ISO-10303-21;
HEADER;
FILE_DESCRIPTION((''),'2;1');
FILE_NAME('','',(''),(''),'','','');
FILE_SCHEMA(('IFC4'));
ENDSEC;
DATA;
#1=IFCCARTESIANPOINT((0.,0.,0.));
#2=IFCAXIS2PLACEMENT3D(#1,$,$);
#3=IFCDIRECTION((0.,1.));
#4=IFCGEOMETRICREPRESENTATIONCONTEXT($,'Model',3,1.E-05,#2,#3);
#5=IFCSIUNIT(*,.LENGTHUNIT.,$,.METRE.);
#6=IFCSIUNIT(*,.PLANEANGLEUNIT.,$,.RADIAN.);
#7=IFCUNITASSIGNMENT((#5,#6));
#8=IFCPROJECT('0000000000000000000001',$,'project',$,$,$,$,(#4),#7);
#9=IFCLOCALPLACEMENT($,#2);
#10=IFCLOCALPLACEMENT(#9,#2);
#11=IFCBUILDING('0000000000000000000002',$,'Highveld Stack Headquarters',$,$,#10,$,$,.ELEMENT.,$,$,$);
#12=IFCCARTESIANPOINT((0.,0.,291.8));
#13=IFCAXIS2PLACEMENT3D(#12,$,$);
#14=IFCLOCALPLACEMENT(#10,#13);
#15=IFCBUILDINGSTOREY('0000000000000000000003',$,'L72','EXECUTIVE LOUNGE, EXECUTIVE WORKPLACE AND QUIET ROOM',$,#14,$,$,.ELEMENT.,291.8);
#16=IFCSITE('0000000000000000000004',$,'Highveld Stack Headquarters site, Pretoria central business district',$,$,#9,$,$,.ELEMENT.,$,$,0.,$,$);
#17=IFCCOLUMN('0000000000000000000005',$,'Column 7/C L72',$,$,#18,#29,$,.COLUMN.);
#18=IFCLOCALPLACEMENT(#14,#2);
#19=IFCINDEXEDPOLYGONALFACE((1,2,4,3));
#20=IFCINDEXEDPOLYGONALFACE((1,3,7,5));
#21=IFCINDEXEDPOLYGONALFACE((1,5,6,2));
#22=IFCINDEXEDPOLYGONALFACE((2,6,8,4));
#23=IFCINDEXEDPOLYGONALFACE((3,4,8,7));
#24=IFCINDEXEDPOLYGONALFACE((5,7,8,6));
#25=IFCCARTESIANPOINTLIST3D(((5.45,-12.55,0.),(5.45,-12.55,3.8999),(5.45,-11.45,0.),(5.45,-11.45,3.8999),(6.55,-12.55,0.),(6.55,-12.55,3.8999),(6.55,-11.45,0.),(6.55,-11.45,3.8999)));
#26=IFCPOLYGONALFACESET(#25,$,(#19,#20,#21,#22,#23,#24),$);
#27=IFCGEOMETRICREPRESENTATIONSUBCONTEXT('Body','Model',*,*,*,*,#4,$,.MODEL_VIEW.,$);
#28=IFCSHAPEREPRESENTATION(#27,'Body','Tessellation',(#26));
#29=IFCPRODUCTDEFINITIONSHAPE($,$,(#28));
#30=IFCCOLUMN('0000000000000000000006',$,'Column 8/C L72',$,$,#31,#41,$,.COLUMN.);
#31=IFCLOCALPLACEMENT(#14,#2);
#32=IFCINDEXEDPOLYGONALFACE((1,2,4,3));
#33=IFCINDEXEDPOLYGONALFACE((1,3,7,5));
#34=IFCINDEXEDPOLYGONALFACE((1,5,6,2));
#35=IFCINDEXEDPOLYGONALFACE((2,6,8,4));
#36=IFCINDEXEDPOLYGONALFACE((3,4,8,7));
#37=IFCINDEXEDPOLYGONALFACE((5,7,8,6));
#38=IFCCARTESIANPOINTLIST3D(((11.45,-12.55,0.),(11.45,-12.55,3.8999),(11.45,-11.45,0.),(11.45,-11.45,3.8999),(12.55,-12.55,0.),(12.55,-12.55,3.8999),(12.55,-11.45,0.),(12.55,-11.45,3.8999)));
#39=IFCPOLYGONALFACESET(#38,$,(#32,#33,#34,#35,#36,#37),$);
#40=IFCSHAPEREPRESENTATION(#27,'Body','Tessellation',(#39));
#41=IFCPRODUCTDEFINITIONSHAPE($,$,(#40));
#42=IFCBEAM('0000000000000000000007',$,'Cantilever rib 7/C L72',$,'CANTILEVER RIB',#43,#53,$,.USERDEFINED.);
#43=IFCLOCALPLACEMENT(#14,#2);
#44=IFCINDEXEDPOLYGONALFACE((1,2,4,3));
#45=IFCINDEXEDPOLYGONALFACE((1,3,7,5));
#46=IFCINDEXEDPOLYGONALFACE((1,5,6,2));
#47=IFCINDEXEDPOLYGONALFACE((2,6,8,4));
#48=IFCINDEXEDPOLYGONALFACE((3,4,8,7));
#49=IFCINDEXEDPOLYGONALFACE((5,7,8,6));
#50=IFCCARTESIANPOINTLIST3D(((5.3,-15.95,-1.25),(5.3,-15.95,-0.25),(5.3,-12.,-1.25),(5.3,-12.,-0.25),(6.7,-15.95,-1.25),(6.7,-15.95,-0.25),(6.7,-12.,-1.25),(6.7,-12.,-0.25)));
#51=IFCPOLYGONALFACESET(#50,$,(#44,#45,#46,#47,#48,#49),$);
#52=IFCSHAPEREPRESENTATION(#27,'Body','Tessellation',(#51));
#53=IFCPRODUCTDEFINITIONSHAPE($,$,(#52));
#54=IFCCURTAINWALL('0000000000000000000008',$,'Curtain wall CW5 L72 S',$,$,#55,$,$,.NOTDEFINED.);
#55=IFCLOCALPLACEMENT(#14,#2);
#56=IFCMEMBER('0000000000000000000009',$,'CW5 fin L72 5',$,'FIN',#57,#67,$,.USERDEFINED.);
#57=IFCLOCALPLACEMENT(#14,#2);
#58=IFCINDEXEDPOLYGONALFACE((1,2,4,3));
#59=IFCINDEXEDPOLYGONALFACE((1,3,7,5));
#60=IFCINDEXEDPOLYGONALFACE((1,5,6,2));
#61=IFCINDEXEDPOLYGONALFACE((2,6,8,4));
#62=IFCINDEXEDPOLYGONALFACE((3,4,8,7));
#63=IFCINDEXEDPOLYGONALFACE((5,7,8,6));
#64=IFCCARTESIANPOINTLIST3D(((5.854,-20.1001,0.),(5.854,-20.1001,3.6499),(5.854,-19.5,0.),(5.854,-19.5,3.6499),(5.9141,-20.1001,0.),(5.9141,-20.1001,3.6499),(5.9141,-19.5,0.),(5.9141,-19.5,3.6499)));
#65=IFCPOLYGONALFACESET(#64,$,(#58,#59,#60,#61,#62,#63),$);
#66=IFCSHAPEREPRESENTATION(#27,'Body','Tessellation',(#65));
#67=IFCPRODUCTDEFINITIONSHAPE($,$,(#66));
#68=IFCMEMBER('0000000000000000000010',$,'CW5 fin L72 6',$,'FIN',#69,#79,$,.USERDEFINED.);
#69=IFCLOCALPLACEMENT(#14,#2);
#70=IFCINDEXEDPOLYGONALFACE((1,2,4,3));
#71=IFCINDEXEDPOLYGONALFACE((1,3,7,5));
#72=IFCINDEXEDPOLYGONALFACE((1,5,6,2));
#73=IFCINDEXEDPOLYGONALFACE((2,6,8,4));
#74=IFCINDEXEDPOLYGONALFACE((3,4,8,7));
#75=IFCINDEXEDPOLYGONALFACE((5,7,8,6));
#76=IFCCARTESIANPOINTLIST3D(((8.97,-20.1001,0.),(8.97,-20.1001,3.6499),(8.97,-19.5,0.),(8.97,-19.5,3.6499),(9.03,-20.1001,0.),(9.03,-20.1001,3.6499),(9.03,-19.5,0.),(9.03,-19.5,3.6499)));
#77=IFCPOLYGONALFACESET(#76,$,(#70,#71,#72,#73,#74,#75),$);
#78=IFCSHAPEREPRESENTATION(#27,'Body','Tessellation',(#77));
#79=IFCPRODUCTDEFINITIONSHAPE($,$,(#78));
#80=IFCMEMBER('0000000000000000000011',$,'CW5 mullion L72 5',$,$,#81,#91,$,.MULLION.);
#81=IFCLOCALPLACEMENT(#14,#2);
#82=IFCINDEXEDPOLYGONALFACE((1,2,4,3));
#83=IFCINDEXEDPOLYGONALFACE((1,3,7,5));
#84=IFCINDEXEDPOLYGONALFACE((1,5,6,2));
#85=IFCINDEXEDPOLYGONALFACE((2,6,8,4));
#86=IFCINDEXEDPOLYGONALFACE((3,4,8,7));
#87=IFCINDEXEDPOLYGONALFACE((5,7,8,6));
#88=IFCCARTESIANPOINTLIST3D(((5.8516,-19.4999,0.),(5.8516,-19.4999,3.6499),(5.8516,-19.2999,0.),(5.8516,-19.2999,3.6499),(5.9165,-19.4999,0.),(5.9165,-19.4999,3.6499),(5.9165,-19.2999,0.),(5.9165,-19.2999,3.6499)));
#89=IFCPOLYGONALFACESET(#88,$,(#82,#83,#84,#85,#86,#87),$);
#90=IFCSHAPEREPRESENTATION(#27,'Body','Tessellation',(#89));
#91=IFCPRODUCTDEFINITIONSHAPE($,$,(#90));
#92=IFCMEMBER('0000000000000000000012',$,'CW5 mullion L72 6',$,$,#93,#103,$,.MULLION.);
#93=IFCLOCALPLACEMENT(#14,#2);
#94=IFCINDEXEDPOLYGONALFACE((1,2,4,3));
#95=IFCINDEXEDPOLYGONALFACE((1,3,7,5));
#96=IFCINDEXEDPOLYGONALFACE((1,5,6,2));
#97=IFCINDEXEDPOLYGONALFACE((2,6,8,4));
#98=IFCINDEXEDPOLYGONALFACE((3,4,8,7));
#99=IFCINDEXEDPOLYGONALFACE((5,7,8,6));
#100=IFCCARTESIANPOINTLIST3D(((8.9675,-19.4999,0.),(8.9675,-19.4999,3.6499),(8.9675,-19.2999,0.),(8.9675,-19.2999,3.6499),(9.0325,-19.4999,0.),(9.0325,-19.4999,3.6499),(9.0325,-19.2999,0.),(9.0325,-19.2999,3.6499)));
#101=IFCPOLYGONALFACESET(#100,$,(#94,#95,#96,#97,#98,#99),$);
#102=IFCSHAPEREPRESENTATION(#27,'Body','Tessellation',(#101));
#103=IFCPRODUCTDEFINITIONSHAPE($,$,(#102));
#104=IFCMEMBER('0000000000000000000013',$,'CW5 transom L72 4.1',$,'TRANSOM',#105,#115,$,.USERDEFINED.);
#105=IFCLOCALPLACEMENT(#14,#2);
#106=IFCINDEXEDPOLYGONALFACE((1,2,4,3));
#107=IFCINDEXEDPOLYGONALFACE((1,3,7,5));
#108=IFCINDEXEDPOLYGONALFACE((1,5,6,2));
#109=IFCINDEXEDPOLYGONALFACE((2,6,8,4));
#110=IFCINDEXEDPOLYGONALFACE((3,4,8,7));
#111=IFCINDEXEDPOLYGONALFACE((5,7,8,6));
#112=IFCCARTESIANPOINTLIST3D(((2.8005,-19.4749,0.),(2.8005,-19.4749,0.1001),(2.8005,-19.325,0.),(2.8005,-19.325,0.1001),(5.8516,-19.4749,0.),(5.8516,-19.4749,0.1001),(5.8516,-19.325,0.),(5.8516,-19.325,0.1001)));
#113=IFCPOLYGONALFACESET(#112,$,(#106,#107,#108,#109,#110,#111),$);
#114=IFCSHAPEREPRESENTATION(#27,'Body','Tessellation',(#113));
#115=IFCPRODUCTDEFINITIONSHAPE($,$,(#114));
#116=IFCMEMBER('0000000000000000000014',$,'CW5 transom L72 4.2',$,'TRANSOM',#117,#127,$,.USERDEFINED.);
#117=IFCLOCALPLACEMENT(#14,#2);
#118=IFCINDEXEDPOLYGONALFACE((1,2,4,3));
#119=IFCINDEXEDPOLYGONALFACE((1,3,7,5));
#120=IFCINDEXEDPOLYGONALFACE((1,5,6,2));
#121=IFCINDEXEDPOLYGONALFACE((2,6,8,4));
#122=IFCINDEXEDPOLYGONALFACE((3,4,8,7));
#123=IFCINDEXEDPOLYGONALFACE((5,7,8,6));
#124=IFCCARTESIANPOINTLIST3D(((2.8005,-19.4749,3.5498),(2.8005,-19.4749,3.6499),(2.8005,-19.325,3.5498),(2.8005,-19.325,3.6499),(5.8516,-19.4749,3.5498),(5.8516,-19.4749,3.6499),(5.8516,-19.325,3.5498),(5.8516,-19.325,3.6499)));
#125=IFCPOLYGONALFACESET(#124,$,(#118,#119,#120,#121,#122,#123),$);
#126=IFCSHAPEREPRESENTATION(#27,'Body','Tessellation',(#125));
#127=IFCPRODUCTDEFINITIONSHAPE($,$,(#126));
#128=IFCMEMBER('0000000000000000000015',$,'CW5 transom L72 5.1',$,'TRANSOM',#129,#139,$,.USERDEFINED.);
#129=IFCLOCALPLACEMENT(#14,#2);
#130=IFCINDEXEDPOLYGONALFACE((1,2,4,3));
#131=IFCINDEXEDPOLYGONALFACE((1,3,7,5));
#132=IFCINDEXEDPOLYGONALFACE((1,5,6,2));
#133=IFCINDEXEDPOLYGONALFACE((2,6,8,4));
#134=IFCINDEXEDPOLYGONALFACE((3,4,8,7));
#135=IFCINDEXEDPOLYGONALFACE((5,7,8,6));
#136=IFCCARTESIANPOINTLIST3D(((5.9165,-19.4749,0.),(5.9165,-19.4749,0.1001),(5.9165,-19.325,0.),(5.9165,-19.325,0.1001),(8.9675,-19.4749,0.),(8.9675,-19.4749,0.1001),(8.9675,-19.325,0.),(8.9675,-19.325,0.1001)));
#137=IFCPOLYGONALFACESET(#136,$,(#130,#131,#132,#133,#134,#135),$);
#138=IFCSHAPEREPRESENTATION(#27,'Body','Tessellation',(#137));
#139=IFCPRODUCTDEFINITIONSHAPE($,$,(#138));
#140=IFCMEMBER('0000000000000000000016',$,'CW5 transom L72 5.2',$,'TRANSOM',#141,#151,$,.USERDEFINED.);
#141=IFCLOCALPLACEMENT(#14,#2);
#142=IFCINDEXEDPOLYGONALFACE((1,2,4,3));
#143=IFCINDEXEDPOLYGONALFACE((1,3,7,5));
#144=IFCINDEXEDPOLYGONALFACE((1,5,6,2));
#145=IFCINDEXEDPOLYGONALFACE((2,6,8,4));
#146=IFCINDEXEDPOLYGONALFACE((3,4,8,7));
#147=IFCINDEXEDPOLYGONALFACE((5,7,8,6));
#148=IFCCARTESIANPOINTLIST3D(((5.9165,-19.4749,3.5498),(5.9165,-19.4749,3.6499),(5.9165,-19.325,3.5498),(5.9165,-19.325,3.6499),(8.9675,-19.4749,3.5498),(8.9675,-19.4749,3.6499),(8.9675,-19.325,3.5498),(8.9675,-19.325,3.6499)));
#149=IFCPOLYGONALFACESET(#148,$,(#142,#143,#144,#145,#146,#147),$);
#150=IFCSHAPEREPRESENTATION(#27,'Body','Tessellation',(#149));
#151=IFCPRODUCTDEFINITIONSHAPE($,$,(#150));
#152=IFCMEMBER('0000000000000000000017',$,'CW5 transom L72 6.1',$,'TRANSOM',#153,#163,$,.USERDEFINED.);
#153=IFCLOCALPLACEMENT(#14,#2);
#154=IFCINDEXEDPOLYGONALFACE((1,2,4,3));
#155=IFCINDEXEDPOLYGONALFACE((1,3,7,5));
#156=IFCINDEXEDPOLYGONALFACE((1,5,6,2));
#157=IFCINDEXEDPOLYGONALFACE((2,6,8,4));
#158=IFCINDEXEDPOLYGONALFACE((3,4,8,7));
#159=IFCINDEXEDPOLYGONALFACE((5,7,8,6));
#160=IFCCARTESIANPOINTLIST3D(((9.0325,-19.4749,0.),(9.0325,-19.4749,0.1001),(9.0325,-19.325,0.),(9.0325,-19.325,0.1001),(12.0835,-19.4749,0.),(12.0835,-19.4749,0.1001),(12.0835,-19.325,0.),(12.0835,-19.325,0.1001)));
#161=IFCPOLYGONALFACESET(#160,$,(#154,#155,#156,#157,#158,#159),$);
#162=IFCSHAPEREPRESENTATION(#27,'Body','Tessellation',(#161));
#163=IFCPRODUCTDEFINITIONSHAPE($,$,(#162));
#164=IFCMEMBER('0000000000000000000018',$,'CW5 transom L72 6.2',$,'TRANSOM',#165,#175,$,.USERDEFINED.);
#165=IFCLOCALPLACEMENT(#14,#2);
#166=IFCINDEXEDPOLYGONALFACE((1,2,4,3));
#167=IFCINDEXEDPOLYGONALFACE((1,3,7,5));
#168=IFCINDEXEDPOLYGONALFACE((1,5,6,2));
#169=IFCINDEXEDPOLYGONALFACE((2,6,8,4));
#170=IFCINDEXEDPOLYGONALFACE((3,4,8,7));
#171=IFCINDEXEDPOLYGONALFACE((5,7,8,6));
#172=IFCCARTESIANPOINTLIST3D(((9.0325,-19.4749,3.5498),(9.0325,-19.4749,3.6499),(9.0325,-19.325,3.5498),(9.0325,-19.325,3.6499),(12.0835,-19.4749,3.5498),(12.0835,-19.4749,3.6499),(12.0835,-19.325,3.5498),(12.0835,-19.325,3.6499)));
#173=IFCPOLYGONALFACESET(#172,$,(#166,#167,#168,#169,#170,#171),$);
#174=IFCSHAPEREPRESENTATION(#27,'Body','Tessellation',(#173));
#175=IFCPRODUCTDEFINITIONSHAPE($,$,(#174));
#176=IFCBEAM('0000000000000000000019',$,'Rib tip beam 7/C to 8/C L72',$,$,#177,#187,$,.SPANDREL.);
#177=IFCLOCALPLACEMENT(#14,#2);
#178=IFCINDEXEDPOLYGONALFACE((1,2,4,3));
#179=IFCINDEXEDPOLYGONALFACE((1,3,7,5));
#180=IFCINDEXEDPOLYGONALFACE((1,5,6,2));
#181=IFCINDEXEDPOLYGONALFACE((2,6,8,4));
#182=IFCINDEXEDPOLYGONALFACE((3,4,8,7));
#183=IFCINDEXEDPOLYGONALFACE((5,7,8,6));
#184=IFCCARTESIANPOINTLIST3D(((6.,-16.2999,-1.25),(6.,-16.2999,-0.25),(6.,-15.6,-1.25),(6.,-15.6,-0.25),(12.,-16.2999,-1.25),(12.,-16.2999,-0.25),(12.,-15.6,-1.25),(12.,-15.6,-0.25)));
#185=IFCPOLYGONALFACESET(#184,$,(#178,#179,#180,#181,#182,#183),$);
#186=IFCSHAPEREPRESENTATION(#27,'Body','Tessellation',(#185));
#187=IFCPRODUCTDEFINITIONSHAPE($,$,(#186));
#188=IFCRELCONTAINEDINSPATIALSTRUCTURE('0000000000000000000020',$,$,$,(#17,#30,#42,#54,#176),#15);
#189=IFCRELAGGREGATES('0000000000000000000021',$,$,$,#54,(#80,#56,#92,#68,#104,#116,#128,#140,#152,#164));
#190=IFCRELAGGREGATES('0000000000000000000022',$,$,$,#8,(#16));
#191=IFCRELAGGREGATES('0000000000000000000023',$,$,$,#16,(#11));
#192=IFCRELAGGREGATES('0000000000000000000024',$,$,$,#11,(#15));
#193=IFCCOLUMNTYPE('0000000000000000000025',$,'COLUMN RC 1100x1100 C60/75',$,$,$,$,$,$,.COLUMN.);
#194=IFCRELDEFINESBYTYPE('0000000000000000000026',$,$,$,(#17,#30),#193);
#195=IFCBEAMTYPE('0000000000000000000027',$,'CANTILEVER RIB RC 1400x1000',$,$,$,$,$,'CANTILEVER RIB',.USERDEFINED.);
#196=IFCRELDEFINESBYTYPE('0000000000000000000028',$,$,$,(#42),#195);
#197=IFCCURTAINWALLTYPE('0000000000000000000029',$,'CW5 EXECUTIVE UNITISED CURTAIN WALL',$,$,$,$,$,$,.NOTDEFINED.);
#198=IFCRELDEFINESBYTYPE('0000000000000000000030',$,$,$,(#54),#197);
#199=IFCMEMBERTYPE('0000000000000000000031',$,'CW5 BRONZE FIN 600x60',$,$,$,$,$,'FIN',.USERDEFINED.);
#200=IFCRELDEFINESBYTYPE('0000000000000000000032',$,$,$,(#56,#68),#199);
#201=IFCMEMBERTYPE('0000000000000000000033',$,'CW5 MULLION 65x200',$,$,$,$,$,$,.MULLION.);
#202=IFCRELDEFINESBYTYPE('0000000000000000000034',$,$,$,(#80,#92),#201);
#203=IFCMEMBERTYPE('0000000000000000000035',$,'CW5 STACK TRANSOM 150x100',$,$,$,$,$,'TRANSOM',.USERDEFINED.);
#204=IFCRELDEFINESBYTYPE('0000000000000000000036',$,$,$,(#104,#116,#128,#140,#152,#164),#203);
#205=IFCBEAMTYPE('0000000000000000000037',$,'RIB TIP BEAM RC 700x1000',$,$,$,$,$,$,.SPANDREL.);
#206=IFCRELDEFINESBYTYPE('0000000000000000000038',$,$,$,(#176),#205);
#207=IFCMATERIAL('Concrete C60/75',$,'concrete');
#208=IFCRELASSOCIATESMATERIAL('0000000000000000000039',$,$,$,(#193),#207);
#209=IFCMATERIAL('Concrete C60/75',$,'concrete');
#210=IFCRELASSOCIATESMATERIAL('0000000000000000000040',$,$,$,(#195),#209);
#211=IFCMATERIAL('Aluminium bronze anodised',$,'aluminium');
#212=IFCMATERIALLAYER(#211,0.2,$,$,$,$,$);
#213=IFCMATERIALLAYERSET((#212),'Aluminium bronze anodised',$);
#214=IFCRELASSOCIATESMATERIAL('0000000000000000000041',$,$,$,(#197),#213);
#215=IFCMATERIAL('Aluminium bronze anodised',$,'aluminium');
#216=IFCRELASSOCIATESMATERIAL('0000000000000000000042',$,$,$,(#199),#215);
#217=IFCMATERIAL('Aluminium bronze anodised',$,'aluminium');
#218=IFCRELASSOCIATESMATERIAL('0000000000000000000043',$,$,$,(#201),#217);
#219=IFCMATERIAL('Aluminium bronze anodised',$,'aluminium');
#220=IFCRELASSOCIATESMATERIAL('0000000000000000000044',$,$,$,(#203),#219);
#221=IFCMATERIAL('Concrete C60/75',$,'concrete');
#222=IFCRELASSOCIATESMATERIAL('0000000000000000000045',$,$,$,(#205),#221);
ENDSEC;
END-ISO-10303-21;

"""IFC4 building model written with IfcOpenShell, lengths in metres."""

from ifc_helpers import new_model, si_unit, direction, frame, origin, origin_2d, place, context, subcontext, project, spatial, rectangle, extrude, material, layer, layer_set, material_profile, profile_set, type_object, element, aggregate, save


model = new_model("IFC4")

# Units and contexts
model_context = context("Model", 3, precision=1e-05, world=origin(), true_north=direction((0.0, 1.0)))
body_context = subcontext(model_context, "Body", "Model", "MODEL_VIEW")
ifc_project = project(units=[si_unit("LENGTHUNIT", "METRE"), si_unit("PLANEANGLEUNIT", "RADIAN")], contexts=[model_context])

# Site, building, storey
site_placement = place(None, origin())
site = spatial("IfcSite", under=ifc_project, at=site_placement, Name="Highveld Stack Headquarters site, Pretoria central business district", CompositionType="ELEMENT", RefElevation=0.0)
building_placement = place(site_placement, origin())
building = spatial("IfcBuilding", under=site, at=building_placement, Name="Highveld Stack Headquarters", CompositionType="ELEMENT")
storey_placement = place(building_placement, frame((0.0, 0.0, 291.8)))
storey = spatial("IfcBuildingStorey", under=building, at=storey_placement, Name="L72", Description="EXECUTIVE LOUNGE, EXECUTIVE WORKPLACE AND QUIET ROOM", CompositionType="ELEMENT", Elevation=291.8)

# Columns
ifc_material_1 = material(Name="Concrete C60/75", Category="concrete")
ifc_material_profile_1 = material_profile(ifc_material_1, rectangle(XDim=1.1001, YDim=1.1001, at=origin_2d()), Name="RC 1100x1100")
ifc_profile_set_1 = profile_set([ifc_material_profile_1], Name="Concrete C60/75")
column_type = type_object("IfcColumnType", Name="COLUMN RC 1100x1100 C60/75", PredefinedType="COLUMN", material=ifc_profile_set_1)
for number, where, z_axis, x_axis, name in (
    (1, (6.0, -12.0, 0.0), (0.0, 0.0, 1.0), (1.0, 0.0, 0.0), "Column 7/C L72"),
    (2, (12.0, -12.0, 0.0), (0.0, 0.0, 1.0), (1.0, 0.0, 0.0), "Column 8/C L72"),
):
    element("IfcColumn", number, at=place(storey_placement, frame(where, z_axis=z_axis, x_axis=x_axis)), inside=storey, type_object=column_type, Name=name, PredefinedType="COLUMN", context=body_context, shape_type="SweptSolid", body=[
        extrude(rectangle(XDim=1.1001, YDim=1.1001, at=origin_2d()), origin(), (0.0, 0.0, 1.0), 3.8999),
    ])

# Beam
ifc_material_2 = material(Name="Concrete C60/75", Category="concrete")
ifc_material_profile_2 = material_profile(ifc_material_2, rectangle(XDim=1.3999, YDim=1.0, at=origin_2d()), Name="RC 1400x1000")
ifc_profile_set_2 = profile_set([ifc_material_profile_2], Name="Concrete C60/75")
beam_type_1 = type_object("IfcBeamType", Name="CANTILEVER RIB RC 1400x1000", ElementType="CANTILEVER RIB", PredefinedType="USERDEFINED", material=ifc_profile_set_2)
beam_1_placement = place(storey_placement, frame((6.0, -12.0, -0.75), z_axis=(0.0, -1.0, 0.0), x_axis=(1.0, 0.0, 0.0)))
element("IfcBeam", 3, at=beam_1_placement, inside=storey, type_object=beam_type_1, Name="Cantilever rib 7/C L72", ObjectType="CANTILEVER RIB", PredefinedType="USERDEFINED", context=body_context, shape_type="SweptSolid", body=[
    extrude(rectangle(XDim=1.3999, YDim=1.0, at=origin_2d()), origin(), (0.0, 0.0, 1.0), 3.95),
])

# Curtain wall, members
ifc_material_3 = material(Name="Aluminium bronze anodised", Category="aluminium")
ifc_layer_1 = layer(ifc_material_3, 0.2)
ifc_layer_set_1 = layer_set([ifc_layer_1], Name="Aluminium bronze anodised")
curtain_wall_type = type_object("IfcCurtainWallType", Name="CW5 EXECUTIVE UNITISED CURTAIN WALL", PredefinedType="NOTDEFINED", material=ifc_layer_set_1)
curtain_wall_placement = place(storey_placement, origin())
curtain_wall = element("IfcCurtainWall", 4, at=curtain_wall_placement, inside=storey, type_object=curtain_wall_type, Name="Curtain wall CW5 L72 S", PredefinedType="NOTDEFINED")
ifc_material_4 = material(Name="Aluminium bronze anodised", Category="aluminium")
ifc_material_profile_3 = material_profile(ifc_material_4, rectangle(XDim=0.6001, YDim=0.0601, at=origin_2d()), Name="FIN 600x60")
ifc_profile_set_3 = profile_set([ifc_material_profile_3], Name="Aluminium bronze anodised")
member_type_1 = type_object("IfcMemberType", Name="CW5 BRONZE FIN 600x60", ElementType="FIN", PredefinedType="USERDEFINED", material=ifc_profile_set_3)
member_1_placement = place(storey_placement, frame((5.884, -19.8, 0.0), z_axis=(0.0, 0.0, 1.0), x_axis=(0.0, 1.0, 0.0)))
member_1 = element("IfcMember", 5, at=member_1_placement, type_object=member_type_1, Name="CW5 fin L72 5", ObjectType="FIN", PredefinedType="USERDEFINED", context=body_context, shape_type="SweptSolid", body=[
    extrude(rectangle(XDim=0.6001, YDim=0.0601, at=origin_2d()), origin(), (0.0, 0.0, 1.0), 3.6499),
])
member_2_placement = place(storey_placement, frame((9.0, -19.8, 0.0), z_axis=(0.0, 0.0, 1.0), x_axis=(0.0, 1.0, 0.0)))
member_2 = element("IfcMember", 6, at=member_2_placement, type_object=member_type_1, Name="CW5 fin L72 6", ObjectType="FIN", PredefinedType="USERDEFINED", context=body_context, shape_type="SweptSolid", body=[
    extrude(rectangle(XDim=0.6001, YDim=0.0601, at=origin_2d()), origin(), (0.0, 0.0, 1.0), 3.6499),
])
ifc_material_5 = material(Name="Aluminium bronze anodised", Category="aluminium")
ifc_material_profile_4 = material_profile(ifc_material_5, rectangle(XDim=0.2, YDim=0.0649, at=origin_2d()), Name="CW5 MULLION 65x200")
ifc_profile_set_4 = profile_set([ifc_material_profile_4], Name="Aluminium bronze anodised")
member_type_2 = type_object("IfcMemberType", Name="CW5 MULLION 65x200", PredefinedType="MULLION", material=ifc_profile_set_4)
member_3_placement = place(storey_placement, frame((5.884, -19.3999, 0.0), z_axis=(0.0, 0.0, 1.0), x_axis=(0.0, 1.0, 0.0)))
member_3 = element("IfcMember", 7, at=member_3_placement, type_object=member_type_2, Name="CW5 mullion L72 5", PredefinedType="MULLION", context=body_context, shape_type="SweptSolid", body=[
    extrude(rectangle(XDim=0.2, YDim=0.0649, at=origin_2d()), origin(), (0.0, 0.0, 1.0), 3.6499),
])
member_4_placement = place(storey_placement, frame((9.0, -19.3999, 0.0), z_axis=(0.0, 0.0, 1.0), x_axis=(0.0, 1.0, 0.0)))
member_4 = element("IfcMember", 8, at=member_4_placement, type_object=member_type_2, Name="CW5 mullion L72 6", PredefinedType="MULLION", context=body_context, shape_type="SweptSolid", body=[
    extrude(rectangle(XDim=0.2, YDim=0.0649, at=origin_2d()), origin(), (0.0, 0.0, 1.0), 3.6499),
])
ifc_material_6 = material(Name="Aluminium bronze anodised", Category="aluminium")
ifc_material_profile_5 = material_profile(ifc_material_6, rectangle(XDim=0.1499, YDim=0.1001, at=origin_2d()), Name="CW5 TRANSOM 150x100")
ifc_profile_set_5 = profile_set([ifc_material_profile_5], Name="Aluminium bronze anodised")
member_type_3 = type_object("IfcMemberType", Name="CW5 STACK TRANSOM 150x100", ElementType="TRANSOM", PredefinedType="USERDEFINED", material=ifc_profile_set_5)
member_5_placement = place(storey_placement, frame((2.8005, -19.3999, 0.05), z_axis=(1.0, 0.0, 0.0), x_axis=(0.0, 1.0, 0.0)))
member_5 = element("IfcMember", 9, at=member_5_placement, type_object=member_type_3, Name="CW5 transom L72 4.1", ObjectType="TRANSOM", PredefinedType="USERDEFINED", context=body_context, shape_type="SweptSolid", body=[
    extrude(rectangle(XDim=0.1499, YDim=0.1001, at=origin_2d()), origin(), (0.0, 0.0, 1.0), 3.051),
])
member_6_placement = place(storey_placement, frame((2.8005, -19.3999, 3.5999), z_axis=(1.0, 0.0, 0.0), x_axis=(0.0, 1.0, 0.0)))
member_6 = element("IfcMember", 10, at=member_6_placement, type_object=member_type_3, Name="CW5 transom L72 4.2", ObjectType="TRANSOM", PredefinedType="USERDEFINED", context=body_context, shape_type="SweptSolid", body=[
    extrude(rectangle(XDim=0.1499, YDim=0.1001, at=origin_2d()), origin(), (0.0, 0.0, 1.0), 3.051),
])
member_7_placement = place(storey_placement, frame((5.9165, -19.3999, 0.05), z_axis=(1.0, 0.0, 0.0), x_axis=(0.0, 1.0, 0.0)))
member_7 = element("IfcMember", 11, at=member_7_placement, type_object=member_type_3, Name="CW5 transom L72 5.1", ObjectType="TRANSOM", PredefinedType="USERDEFINED", context=body_context, shape_type="SweptSolid", body=[
    extrude(rectangle(XDim=0.1499, YDim=0.1001, at=origin_2d()), origin(), (0.0, 0.0, 1.0), 3.051),
])
member_8_placement = place(storey_placement, frame((5.9165, -19.3999, 3.5999), z_axis=(1.0, 0.0, 0.0), x_axis=(0.0, 1.0, 0.0)))
member_8 = element("IfcMember", 12, at=member_8_placement, type_object=member_type_3, Name="CW5 transom L72 5.2", ObjectType="TRANSOM", PredefinedType="USERDEFINED", context=body_context, shape_type="SweptSolid", body=[
    extrude(rectangle(XDim=0.1499, YDim=0.1001, at=origin_2d()), origin(), (0.0, 0.0, 1.0), 3.051),
])
member_9_placement = place(storey_placement, frame((9.0325, -19.3999, 0.05), z_axis=(1.0, 0.0, 0.0), x_axis=(0.0, 1.0, 0.0)))
member_9 = element("IfcMember", 13, at=member_9_placement, type_object=member_type_3, Name="CW5 transom L72 6.1", ObjectType="TRANSOM", PredefinedType="USERDEFINED", context=body_context, shape_type="SweptSolid", body=[
    extrude(rectangle(XDim=0.1499, YDim=0.1001, at=origin_2d()), origin(), (0.0, 0.0, 1.0), 3.051),
])
member_10_placement = place(storey_placement, frame((9.0325, -19.3999, 3.5999), z_axis=(1.0, 0.0, 0.0), x_axis=(0.0, 1.0, 0.0)))
member_10 = element("IfcMember", 14, at=member_10_placement, type_object=member_type_3, Name="CW5 transom L72 6.2", ObjectType="TRANSOM", PredefinedType="USERDEFINED", context=body_context, shape_type="SweptSolid", body=[
    extrude(rectangle(XDim=0.1499, YDim=0.1001, at=origin_2d()), origin(), (0.0, 0.0, 1.0), 3.051),
])

# Beam
ifc_material_7 = material(Name="Concrete C60/75", Category="concrete")
ifc_material_profile_6 = material_profile(ifc_material_7, rectangle(XDim=0.7, YDim=1.0, at=origin_2d()), Name="RC 700x1000")
ifc_profile_set_6 = profile_set([ifc_material_profile_6], Name="Concrete C60/75")
beam_type_2 = type_object("IfcBeamType", Name="RIB TIP BEAM RC 700x1000", PredefinedType="SPANDREL", material=ifc_profile_set_6)
beam_2_placement = place(storey_placement, frame((6.0, -15.95, -0.75), z_axis=(1.0, 0.0, 0.0), x_axis=(0.0, 1.0, 0.0)))
element("IfcBeam", 15, at=beam_2_placement, inside=storey, type_object=beam_type_2, Name="Rib tip beam 7/C to 8/C L72", PredefinedType="SPANDREL", context=body_context, shape_type="SweptSolid", body=[
    extrude(rectangle(XDim=0.7, YDim=1.0, at=origin_2d()), origin(), (0.0, 0.0, 1.0), 6.0),
])

aggregate(curtain_wall, [member_3, member_1, member_4, member_2, member_5, member_6, member_7, member_8, member_9, member_10])

save(model, "model.ifc")
